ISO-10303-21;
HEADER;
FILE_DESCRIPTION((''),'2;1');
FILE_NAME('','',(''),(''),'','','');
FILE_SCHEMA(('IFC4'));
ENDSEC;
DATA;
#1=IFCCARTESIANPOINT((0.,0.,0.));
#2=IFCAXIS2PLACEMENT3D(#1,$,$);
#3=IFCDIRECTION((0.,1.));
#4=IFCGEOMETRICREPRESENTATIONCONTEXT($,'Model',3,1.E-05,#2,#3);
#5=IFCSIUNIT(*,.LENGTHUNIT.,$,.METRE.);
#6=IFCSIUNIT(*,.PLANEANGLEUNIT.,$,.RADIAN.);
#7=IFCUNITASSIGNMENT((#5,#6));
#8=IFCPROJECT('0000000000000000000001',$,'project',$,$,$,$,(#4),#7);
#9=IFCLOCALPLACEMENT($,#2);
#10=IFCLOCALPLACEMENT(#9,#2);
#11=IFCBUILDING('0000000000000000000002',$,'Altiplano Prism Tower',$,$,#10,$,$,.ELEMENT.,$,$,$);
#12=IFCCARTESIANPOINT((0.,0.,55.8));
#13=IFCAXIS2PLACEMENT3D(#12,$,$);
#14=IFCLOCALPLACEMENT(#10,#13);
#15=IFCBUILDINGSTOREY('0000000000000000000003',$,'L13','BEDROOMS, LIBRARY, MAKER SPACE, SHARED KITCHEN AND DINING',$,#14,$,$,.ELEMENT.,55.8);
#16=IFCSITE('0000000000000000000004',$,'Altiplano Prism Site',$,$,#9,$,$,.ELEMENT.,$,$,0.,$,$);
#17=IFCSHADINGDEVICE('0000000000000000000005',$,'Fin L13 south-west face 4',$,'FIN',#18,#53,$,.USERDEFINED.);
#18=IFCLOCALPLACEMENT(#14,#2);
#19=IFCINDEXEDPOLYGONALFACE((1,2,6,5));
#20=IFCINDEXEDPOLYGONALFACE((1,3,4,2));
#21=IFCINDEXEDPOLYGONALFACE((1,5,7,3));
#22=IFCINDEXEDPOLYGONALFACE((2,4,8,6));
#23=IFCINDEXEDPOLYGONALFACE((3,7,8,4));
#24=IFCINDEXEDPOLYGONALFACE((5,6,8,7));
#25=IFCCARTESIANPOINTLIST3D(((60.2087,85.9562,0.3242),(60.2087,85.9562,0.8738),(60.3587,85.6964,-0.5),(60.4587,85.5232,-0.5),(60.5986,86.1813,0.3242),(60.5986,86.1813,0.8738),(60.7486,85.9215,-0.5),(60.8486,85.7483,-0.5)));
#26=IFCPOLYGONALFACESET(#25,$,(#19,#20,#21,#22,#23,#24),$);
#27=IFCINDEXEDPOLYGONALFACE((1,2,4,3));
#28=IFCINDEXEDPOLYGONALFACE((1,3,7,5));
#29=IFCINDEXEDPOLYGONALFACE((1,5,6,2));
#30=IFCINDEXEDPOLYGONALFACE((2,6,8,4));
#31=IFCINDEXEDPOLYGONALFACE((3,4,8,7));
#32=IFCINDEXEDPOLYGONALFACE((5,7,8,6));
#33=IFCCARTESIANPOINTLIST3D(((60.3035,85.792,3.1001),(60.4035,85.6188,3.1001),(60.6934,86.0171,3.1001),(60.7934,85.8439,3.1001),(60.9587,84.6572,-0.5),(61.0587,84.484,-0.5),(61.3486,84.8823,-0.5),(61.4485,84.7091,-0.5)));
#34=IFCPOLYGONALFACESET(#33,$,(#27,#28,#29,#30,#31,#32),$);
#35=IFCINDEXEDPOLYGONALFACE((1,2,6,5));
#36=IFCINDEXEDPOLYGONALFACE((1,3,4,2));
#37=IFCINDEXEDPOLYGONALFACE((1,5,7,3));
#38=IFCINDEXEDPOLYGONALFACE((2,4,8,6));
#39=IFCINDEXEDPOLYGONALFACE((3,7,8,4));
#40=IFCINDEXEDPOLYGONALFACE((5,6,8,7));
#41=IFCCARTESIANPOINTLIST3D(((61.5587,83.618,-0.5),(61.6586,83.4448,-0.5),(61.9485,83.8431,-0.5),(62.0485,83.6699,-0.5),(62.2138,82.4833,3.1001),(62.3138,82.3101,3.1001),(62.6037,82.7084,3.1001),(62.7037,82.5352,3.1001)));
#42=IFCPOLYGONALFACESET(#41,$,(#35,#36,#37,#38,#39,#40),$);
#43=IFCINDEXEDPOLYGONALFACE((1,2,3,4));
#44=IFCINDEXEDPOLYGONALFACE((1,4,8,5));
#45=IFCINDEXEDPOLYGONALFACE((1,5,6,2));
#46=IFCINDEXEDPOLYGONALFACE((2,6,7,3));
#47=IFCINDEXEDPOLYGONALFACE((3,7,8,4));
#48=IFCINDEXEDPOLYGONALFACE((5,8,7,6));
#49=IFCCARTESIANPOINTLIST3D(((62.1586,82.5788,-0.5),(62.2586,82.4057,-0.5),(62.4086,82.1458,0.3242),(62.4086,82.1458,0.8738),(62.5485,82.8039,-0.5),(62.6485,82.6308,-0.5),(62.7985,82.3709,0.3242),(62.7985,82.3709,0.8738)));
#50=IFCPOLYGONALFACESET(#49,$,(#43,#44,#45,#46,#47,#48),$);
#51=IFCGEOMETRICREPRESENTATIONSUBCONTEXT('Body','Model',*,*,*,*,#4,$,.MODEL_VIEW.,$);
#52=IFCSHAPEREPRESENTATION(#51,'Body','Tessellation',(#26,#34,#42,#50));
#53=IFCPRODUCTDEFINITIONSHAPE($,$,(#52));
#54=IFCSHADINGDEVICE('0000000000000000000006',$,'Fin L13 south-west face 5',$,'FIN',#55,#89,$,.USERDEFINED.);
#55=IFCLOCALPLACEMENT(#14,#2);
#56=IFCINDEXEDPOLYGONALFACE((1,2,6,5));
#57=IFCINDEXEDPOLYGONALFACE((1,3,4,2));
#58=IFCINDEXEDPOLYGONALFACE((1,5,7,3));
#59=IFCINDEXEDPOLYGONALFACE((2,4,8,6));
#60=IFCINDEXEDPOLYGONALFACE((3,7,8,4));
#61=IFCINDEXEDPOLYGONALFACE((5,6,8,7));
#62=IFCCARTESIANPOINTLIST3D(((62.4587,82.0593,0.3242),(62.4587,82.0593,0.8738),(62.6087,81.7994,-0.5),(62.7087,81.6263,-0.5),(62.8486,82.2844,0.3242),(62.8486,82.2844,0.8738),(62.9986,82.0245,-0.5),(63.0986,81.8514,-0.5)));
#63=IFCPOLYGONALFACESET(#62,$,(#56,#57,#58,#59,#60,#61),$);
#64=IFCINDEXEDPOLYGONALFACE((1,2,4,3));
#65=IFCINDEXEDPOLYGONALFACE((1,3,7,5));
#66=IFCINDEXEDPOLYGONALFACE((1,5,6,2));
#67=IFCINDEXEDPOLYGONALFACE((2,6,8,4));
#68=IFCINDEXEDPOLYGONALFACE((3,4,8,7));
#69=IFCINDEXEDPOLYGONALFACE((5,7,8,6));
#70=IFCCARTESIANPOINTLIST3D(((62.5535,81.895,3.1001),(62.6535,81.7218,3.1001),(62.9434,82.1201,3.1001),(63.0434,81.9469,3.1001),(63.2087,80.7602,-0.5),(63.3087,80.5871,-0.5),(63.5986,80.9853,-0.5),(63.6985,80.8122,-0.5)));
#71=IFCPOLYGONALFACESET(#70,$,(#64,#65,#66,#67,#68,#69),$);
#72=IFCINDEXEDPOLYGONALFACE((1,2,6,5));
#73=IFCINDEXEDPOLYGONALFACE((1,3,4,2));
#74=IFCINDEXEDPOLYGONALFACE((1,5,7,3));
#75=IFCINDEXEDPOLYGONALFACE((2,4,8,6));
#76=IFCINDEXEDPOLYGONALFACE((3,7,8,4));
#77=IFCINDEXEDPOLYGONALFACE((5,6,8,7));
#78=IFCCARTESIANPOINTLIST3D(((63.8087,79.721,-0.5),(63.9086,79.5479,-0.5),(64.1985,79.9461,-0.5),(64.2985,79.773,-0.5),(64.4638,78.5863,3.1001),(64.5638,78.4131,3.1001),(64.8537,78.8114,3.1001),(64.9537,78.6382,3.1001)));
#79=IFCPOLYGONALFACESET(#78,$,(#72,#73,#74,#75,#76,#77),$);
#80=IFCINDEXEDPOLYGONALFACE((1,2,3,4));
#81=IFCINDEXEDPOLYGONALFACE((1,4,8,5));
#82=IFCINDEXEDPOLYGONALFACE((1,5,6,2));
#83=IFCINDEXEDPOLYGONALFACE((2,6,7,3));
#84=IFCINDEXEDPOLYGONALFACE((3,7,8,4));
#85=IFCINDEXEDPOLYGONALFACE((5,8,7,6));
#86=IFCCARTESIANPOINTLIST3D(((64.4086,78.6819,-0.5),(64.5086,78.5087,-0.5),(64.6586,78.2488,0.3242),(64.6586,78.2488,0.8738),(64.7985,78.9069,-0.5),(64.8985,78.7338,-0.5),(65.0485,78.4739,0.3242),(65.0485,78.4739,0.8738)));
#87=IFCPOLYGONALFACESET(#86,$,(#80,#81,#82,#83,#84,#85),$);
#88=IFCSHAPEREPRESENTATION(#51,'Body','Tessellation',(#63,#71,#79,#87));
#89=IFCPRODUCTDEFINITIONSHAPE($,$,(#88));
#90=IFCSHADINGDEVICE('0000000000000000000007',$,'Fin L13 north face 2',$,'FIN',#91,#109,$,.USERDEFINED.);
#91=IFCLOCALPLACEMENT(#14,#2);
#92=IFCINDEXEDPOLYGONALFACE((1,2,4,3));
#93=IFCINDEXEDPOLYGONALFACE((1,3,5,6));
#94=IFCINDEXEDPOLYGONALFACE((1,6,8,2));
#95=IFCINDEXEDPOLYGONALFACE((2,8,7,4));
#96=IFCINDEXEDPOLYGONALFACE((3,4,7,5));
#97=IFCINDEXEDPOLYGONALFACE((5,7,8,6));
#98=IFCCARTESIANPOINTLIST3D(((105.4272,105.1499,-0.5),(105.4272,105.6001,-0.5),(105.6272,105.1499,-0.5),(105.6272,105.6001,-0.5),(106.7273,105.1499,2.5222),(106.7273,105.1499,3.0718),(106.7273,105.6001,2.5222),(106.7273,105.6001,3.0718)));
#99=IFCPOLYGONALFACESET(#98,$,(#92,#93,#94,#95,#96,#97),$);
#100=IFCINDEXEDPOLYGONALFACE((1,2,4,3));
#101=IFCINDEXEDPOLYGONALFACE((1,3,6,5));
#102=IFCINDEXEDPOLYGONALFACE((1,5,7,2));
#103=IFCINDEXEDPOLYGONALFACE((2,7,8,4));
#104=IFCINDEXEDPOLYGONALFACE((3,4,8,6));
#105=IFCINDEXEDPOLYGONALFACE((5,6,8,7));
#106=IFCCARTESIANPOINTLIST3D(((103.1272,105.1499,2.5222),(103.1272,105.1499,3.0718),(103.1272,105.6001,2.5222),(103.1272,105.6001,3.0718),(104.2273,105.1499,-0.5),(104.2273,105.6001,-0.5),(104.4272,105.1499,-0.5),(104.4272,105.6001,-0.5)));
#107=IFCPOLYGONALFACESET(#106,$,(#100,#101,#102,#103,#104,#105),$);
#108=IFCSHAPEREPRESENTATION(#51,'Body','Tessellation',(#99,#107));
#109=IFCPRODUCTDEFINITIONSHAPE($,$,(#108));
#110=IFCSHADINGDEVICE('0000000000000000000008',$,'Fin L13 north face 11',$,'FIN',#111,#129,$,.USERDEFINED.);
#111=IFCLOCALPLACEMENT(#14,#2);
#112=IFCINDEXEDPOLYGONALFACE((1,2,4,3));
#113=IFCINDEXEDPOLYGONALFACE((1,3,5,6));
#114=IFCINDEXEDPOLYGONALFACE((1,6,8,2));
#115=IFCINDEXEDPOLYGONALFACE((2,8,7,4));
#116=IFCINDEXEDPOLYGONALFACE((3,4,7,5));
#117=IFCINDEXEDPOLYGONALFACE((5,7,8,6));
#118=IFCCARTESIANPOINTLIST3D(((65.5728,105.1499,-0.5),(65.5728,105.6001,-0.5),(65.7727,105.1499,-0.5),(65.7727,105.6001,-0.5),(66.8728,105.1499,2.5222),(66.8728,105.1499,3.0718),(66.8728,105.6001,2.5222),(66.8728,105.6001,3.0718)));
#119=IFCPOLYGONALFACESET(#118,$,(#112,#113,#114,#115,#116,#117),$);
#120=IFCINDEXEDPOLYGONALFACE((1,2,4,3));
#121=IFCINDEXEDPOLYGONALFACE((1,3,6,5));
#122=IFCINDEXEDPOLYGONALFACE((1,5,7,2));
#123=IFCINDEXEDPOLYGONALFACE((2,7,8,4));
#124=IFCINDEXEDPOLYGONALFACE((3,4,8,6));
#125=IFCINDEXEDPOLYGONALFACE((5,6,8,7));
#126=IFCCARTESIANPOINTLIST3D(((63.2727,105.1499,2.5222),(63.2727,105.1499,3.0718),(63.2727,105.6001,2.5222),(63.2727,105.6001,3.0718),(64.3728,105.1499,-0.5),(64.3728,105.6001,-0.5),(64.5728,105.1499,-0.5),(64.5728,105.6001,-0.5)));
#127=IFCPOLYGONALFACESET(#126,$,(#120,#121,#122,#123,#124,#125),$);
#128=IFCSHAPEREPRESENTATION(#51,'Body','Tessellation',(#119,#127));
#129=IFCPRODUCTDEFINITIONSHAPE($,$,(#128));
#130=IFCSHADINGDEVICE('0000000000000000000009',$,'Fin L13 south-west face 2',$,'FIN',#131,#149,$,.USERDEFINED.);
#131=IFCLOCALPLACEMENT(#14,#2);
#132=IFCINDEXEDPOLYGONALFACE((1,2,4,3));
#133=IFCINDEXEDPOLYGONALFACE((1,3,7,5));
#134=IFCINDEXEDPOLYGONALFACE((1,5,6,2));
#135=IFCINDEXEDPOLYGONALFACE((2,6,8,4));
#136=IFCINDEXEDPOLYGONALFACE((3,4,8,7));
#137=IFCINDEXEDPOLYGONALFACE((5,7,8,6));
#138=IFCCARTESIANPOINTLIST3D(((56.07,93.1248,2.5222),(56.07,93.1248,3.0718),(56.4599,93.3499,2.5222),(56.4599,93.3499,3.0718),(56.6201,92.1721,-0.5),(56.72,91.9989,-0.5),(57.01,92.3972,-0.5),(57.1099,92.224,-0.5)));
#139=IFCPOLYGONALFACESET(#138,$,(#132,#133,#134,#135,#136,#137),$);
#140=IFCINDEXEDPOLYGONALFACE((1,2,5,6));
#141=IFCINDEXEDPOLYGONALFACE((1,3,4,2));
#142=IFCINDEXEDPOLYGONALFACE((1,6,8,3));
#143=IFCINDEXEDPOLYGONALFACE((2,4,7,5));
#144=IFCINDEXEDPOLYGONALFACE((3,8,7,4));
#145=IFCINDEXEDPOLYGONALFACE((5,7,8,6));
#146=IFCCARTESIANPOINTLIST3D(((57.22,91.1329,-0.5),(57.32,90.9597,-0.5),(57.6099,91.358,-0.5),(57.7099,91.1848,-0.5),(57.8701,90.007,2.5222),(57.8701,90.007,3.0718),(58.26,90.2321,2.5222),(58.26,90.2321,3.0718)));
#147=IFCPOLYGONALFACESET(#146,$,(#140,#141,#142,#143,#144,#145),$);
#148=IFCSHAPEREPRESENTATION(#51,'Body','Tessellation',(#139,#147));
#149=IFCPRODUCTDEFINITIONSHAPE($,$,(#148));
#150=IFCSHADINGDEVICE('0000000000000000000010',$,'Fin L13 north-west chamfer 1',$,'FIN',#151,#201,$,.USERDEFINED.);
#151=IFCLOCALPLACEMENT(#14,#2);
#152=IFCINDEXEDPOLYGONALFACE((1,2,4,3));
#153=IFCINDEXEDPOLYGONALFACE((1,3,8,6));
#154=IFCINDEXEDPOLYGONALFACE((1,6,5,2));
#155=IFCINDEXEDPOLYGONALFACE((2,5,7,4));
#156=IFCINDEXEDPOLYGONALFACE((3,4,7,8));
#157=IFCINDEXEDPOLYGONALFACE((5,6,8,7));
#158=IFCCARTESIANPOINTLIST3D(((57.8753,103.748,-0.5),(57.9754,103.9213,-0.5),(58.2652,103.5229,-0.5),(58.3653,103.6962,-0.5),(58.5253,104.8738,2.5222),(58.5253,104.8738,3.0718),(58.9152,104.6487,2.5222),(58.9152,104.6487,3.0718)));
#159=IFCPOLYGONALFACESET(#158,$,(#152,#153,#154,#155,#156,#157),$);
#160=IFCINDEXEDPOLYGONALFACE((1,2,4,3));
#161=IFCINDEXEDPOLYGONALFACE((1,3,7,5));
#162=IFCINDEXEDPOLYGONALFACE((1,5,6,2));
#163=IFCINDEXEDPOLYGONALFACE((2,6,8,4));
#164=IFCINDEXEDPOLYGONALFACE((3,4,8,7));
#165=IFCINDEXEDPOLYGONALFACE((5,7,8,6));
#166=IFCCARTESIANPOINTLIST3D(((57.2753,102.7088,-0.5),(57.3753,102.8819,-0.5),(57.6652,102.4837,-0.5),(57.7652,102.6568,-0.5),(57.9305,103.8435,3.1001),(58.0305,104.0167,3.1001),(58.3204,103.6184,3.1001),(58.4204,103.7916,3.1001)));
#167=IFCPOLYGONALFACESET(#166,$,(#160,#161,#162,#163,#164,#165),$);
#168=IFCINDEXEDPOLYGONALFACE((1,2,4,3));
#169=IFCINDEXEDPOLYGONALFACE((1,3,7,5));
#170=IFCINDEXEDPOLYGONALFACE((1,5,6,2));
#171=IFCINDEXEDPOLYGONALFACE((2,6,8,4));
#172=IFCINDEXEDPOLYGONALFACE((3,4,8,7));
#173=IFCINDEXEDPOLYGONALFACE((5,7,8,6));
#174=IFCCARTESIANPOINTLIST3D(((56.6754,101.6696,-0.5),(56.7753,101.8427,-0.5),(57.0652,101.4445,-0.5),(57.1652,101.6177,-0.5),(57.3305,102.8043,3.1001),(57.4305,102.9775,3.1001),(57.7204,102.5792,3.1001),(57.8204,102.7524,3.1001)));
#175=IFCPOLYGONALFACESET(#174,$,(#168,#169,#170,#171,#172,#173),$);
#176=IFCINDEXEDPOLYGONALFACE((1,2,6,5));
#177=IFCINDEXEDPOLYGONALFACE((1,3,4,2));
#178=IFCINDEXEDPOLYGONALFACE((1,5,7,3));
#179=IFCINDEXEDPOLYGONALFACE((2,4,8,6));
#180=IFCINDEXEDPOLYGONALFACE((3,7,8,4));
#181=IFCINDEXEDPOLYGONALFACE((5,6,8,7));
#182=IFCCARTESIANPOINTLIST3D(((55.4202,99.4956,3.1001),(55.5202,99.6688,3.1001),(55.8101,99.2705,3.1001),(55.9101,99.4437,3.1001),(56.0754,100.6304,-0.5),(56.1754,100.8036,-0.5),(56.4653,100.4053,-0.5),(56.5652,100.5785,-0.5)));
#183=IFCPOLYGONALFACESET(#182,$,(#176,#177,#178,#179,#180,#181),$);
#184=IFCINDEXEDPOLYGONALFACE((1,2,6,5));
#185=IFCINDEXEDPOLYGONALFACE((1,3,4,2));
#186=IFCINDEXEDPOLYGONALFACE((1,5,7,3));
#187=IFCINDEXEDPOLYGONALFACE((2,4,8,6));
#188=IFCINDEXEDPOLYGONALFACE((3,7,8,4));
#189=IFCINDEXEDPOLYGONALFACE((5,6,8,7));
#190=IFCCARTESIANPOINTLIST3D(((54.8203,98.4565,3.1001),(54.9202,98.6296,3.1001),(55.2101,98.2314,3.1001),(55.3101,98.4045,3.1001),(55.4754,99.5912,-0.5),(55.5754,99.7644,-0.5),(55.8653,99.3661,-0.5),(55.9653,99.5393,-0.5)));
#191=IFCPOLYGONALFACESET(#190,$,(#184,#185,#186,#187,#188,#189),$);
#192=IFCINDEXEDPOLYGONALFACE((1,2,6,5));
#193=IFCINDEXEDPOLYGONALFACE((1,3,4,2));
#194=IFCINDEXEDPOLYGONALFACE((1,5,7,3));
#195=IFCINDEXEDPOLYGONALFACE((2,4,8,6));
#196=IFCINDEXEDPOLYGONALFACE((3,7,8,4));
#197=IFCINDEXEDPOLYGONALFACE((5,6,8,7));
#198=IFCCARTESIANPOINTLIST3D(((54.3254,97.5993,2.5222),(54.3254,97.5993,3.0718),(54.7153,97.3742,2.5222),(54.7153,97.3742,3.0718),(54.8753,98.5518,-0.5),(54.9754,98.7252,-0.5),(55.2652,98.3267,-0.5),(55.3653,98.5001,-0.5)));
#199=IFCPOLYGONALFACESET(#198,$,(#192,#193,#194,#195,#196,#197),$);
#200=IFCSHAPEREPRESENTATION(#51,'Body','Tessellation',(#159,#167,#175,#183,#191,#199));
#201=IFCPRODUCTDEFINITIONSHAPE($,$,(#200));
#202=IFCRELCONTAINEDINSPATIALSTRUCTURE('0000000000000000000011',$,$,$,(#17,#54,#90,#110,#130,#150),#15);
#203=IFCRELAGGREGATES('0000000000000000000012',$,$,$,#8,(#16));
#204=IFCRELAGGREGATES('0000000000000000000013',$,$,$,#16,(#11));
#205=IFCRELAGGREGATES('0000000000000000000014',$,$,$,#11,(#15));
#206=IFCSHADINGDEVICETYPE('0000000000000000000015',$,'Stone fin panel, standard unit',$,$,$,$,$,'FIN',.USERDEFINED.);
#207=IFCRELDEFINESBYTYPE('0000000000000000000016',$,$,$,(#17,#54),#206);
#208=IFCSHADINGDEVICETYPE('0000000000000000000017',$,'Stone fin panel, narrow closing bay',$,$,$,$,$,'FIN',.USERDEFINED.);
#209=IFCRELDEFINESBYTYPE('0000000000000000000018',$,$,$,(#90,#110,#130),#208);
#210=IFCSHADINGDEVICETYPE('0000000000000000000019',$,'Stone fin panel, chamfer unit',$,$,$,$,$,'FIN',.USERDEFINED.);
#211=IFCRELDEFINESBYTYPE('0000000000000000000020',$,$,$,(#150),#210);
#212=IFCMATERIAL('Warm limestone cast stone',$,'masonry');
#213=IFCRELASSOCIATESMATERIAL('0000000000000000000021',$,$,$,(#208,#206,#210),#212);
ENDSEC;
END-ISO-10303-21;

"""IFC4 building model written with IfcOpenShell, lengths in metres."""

from ifc_helpers import new_model, si_unit, direction, frame, origin, place, context, subcontext, project, spatial, polyline, outline, extrude, source, transform, mapped, material, type_object, element, save


model = new_model("IFC4")

# Units and contexts
model_context = context("Model", 3, precision=1e-05, world=origin(), true_north=direction((0.0, 1.0)))
body_context = subcontext(model_context, "Body", "Model", "MODEL_VIEW")
ifc_project = project(units=[si_unit("LENGTHUNIT", "METRE"), si_unit("PLANEANGLEUNIT", "RADIAN")], contexts=[model_context])

# Site, building, storey
site_placement = place(None, origin())
site = spatial("IfcSite", under=ifc_project, at=site_placement, Name="Altiplano Prism Site", CompositionType="ELEMENT", RefElevation=0.0)
building_placement = place(site_placement, origin())
building = spatial("IfcBuilding", under=site, at=building_placement, Name="Altiplano Prism Tower", CompositionType="ELEMENT")
storey_placement = place(building_placement, frame((0.0, 0.0, 55.8)))
storey = spatial("IfcBuildingStorey", under=building, at=storey_placement, Name="L13", Description="BEDROOMS, LIBRARY, MAKER SPACE, SHARED KITCHEN AND DINING", CompositionType="ELEMENT", Elevation=55.8)

# Shading devices
ifc_material_1 = material(Name="Warm limestone cast stone", Category="masonry")
shading_device_type_1 = type_object("IfcShadingDeviceType", Name="Stone fin panel, narrow closing bay", ElementType="FIN", PredefinedType="USERDEFINED", material=ifc_material_1)
shading_device_type_2 = type_object("IfcShadingDeviceType", Name="Stone fin panel, standard unit", ElementType="FIN", PredefinedType="USERDEFINED", material=ifc_material_1)
shared_shape_1 = source(origin(), body_context, "Body", "SweptSolid", [
    extrude(outline(polyline([(-2.2, 1.3738), (-2.2, 0.8242), (-1.8999, 0.0), (-1.7, 0.0), (-2.2, 1.3738)])), frame((0.0, -0.1499, 0.0), z_axis=(0.0, -1.0, 0.0), x_axis=(1.0, 0.0, 0.0)), (0.0, 0.0, 1.0), 0.4502),
    extrude(outline(polyline([(-2.0103, 3.6001), (-0.7, 0.0), (-0.5, 0.0), (-1.8103, 3.6001), (-2.0103, 3.6001)])), frame((0.0, -0.1499, 0.0), z_axis=(0.0, -1.0, 0.0), x_axis=(1.0, 0.0, 0.0)), (0.0, 0.0, 1.0), 0.4502),
    extrude(outline(polyline([(1.8103, 3.6001), (0.5, 0.0), (0.7, 0.0), (2.0103, 3.6001), (1.8103, 3.6001)])), frame((0.0, -0.1499, 0.0), z_axis=(0.0, -1.0, 0.0), x_axis=(1.0, 0.0, 0.0)), (0.0, 0.0, 1.0), 0.4502),
    extrude(outline(polyline([(2.2, 0.8242), (2.2, 1.3738), (1.7, 0.0), (1.8999, 0.0), (2.2, 0.8242)])), frame((0.0, -0.1499, 0.0), z_axis=(0.0, -1.0, 0.0), x_axis=(1.0, 0.0, 0.0)), (0.0, 0.0, 1.0), 0.4502),
])
shading_device_1_placement = place(storey_placement, origin())
element("IfcShadingDevice", 1, at=shading_device_1_placement, inside=storey, type_object=shading_device_type_2, Name="Fin L13 south-west face 4", ObjectType="FIN", PredefinedType="USERDEFINED", context=body_context, shape_type="MappedRepresentation", body=[
    mapped(shared_shape_1, transform((61.8284, 84.3511, -0.5), x_axis=(0.5, -0.866025, 0.0), y_axis=(0.866025, 0.5, 0.0), z_axis=(0.0, 0.0, 1.0))),
])
shading_device_2_placement = place(storey_placement, origin())
element("IfcShadingDevice", 2, at=shading_device_2_placement, inside=storey, type_object=shading_device_type_2, Name="Fin L13 south-west face 5", ObjectType="FIN", PredefinedType="USERDEFINED", context=body_context, shape_type="MappedRepresentation", body=[
    mapped(shared_shape_1, transform((64.0784, 80.4541, -0.5), x_axis=(0.5, -0.866025, 0.0), y_axis=(0.866025, 0.5, 0.0), z_axis=(0.0, 0.0, 1.0))),
])
shared_shape_2 = source(origin(), body_context, "Body", "SweptSolid", [
    extrude(outline(polyline([(-1.8, 3.5718), (-1.8, 3.0222), (-0.7, 0.0), (-0.5, 0.0), (-1.8, 3.5718)])), frame((0.0, -0.1499, 0.0), z_axis=(0.0, -1.0, 0.0), x_axis=(1.0, 0.0, 0.0)), (0.0, 0.0, 1.0), 0.4502),
    extrude(outline(polyline([(1.8, 3.0222), (1.8, 3.5718), (0.5, 0.0), (0.7, 0.0), (1.8, 3.0222)])), frame((0.0, -0.1499, 0.0), z_axis=(0.0, -1.0, 0.0), x_axis=(1.0, 0.0, 0.0)), (0.0, 0.0, 1.0), 0.4502),
])
shading_device_3_placement = place(storey_placement, origin())
element("IfcShadingDevice", 3, at=shading_device_3_placement, inside=storey, type_object=shading_device_type_1, Name="Fin L13 north face 2", ObjectType="FIN", PredefinedType="USERDEFINED", context=body_context, shape_type="MappedRepresentation", body=[
    mapped(shared_shape_2, transform((104.9272, 105.0, -0.5), x_axis=(-1.0, 0.0, 0.0), y_axis=(0.0, -1.0, 0.0), z_axis=(0.0, 0.0, 1.0))),
])
shading_device_4_placement = place(storey_placement, origin())
element("IfcShadingDevice", 4, at=shading_device_4_placement, inside=storey, type_object=shading_device_type_1, Name="Fin L13 north face 11", ObjectType="FIN", PredefinedType="USERDEFINED", context=body_context, shape_type="MappedRepresentation", body=[
    mapped(shared_shape_2, transform((65.0728, 105.0, -0.5), x_axis=(-1.0, 0.0, 0.0), y_axis=(0.0, -1.0, 0.0), z_axis=(0.0, 0.0, 1.0))),
])
shading_device_5_placement = place(storey_placement, origin())
element("IfcShadingDevice", 5, at=shading_device_5_placement, inside=storey, type_object=shading_device_type_1, Name="Fin L13 south-west face 2", ObjectType="FIN", PredefinedType="USERDEFINED", context=body_context, shape_type="MappedRepresentation", body=[
    mapped(shared_shape_2, transform((57.4897, 91.866, -0.5), x_axis=(0.5, -0.866025, 0.0), y_axis=(0.866025, 0.5, 0.0), z_axis=(0.0, 0.0, 1.0))),
])
shading_device_type_3 = type_object("IfcShadingDeviceType", Name="Stone fin panel, chamfer unit", ElementType="FIN", PredefinedType="USERDEFINED", material=ifc_material_1)
shared_shape_3 = source(origin(), body_context, "Body", "SweptSolid", [
    extrude(outline(polyline([(-4.2, 3.5718), (-4.2, 3.0222), (-3.1001, 0.0), (-2.8999, 0.0), (-4.2, 3.5718)])), frame((0.0, -0.1499, 0.0), z_axis=(0.0, -1.0, 0.0), x_axis=(1.0, 0.0, 0.0)), (0.0, 0.0, 1.0), 0.4502),
    extrude(outline(polyline([(-3.2102, 3.6001), (-1.8999, 0.0), (-1.7, 0.0), (-3.0103, 3.6001), (-3.2102, 3.6001)])), frame((0.0, -0.1499, 0.0), z_axis=(0.0, -1.0, 0.0), x_axis=(1.0, 0.0, 0.0)), (0.0, 0.0, 1.0), 0.4502),
    extrude(outline(polyline([(-2.0103, 3.6001), (-0.7, 0.0), (-0.5, 0.0), (-1.8103, 3.6001), (-2.0103, 3.6001)])), frame((0.0, -0.1499, 0.0), z_axis=(0.0, -1.0, 0.0), x_axis=(1.0, 0.0, 0.0)), (0.0, 0.0, 1.0), 0.4502),
    extrude(outline(polyline([(1.8103, 3.6001), (0.5, 0.0), (0.7, 0.0), (2.0103, 3.6001), (1.8103, 3.6001)])), frame((0.0, -0.1499, 0.0), z_axis=(0.0, -1.0, 0.0), x_axis=(1.0, 0.0, 0.0)), (0.0, 0.0, 1.0), 0.4502),
    extrude(outline(polyline([(3.0103, 3.6001), (1.7, 0.0), (1.8999, 0.0), (3.2102, 3.6001), (3.0103, 3.6001)])), frame((0.0, -0.1499, 0.0), z_axis=(0.0, -1.0, 0.0), x_axis=(1.0, 0.0, 0.0)), (0.0, 0.0, 1.0), 0.4502),
    extrude(outline(polyline([(4.2, 3.0222), (4.2, 3.5718), (2.8999, 0.0), (3.1001, 0.0), (4.2, 3.0222)])), frame((0.0, -0.1499, 0.0), z_axis=(0.0, -1.0, 0.0), x_axis=(1.0, 0.0, 0.0)), (0.0, 0.0, 1.0), 0.4502),
])
shading_device_6_placement = place(storey_placement, origin())
element("IfcShadingDevice", 6, at=shading_device_6_placement, inside=storey, type_object=shading_device_type_3, Name="Fin L13 north-west chamfer 1", ObjectType="FIN", PredefinedType="USERDEFINED", context=body_context, shape_type="MappedRepresentation", body=[
    mapped(shared_shape_3, transform((56.9451, 100.9365, -0.5), x_axis=(-0.5, -0.866025, 0.0), y_axis=(0.866025, -0.5, 0.0), z_axis=(0.0, 0.0, 1.0))),
])

save(model, "model.ifc")
